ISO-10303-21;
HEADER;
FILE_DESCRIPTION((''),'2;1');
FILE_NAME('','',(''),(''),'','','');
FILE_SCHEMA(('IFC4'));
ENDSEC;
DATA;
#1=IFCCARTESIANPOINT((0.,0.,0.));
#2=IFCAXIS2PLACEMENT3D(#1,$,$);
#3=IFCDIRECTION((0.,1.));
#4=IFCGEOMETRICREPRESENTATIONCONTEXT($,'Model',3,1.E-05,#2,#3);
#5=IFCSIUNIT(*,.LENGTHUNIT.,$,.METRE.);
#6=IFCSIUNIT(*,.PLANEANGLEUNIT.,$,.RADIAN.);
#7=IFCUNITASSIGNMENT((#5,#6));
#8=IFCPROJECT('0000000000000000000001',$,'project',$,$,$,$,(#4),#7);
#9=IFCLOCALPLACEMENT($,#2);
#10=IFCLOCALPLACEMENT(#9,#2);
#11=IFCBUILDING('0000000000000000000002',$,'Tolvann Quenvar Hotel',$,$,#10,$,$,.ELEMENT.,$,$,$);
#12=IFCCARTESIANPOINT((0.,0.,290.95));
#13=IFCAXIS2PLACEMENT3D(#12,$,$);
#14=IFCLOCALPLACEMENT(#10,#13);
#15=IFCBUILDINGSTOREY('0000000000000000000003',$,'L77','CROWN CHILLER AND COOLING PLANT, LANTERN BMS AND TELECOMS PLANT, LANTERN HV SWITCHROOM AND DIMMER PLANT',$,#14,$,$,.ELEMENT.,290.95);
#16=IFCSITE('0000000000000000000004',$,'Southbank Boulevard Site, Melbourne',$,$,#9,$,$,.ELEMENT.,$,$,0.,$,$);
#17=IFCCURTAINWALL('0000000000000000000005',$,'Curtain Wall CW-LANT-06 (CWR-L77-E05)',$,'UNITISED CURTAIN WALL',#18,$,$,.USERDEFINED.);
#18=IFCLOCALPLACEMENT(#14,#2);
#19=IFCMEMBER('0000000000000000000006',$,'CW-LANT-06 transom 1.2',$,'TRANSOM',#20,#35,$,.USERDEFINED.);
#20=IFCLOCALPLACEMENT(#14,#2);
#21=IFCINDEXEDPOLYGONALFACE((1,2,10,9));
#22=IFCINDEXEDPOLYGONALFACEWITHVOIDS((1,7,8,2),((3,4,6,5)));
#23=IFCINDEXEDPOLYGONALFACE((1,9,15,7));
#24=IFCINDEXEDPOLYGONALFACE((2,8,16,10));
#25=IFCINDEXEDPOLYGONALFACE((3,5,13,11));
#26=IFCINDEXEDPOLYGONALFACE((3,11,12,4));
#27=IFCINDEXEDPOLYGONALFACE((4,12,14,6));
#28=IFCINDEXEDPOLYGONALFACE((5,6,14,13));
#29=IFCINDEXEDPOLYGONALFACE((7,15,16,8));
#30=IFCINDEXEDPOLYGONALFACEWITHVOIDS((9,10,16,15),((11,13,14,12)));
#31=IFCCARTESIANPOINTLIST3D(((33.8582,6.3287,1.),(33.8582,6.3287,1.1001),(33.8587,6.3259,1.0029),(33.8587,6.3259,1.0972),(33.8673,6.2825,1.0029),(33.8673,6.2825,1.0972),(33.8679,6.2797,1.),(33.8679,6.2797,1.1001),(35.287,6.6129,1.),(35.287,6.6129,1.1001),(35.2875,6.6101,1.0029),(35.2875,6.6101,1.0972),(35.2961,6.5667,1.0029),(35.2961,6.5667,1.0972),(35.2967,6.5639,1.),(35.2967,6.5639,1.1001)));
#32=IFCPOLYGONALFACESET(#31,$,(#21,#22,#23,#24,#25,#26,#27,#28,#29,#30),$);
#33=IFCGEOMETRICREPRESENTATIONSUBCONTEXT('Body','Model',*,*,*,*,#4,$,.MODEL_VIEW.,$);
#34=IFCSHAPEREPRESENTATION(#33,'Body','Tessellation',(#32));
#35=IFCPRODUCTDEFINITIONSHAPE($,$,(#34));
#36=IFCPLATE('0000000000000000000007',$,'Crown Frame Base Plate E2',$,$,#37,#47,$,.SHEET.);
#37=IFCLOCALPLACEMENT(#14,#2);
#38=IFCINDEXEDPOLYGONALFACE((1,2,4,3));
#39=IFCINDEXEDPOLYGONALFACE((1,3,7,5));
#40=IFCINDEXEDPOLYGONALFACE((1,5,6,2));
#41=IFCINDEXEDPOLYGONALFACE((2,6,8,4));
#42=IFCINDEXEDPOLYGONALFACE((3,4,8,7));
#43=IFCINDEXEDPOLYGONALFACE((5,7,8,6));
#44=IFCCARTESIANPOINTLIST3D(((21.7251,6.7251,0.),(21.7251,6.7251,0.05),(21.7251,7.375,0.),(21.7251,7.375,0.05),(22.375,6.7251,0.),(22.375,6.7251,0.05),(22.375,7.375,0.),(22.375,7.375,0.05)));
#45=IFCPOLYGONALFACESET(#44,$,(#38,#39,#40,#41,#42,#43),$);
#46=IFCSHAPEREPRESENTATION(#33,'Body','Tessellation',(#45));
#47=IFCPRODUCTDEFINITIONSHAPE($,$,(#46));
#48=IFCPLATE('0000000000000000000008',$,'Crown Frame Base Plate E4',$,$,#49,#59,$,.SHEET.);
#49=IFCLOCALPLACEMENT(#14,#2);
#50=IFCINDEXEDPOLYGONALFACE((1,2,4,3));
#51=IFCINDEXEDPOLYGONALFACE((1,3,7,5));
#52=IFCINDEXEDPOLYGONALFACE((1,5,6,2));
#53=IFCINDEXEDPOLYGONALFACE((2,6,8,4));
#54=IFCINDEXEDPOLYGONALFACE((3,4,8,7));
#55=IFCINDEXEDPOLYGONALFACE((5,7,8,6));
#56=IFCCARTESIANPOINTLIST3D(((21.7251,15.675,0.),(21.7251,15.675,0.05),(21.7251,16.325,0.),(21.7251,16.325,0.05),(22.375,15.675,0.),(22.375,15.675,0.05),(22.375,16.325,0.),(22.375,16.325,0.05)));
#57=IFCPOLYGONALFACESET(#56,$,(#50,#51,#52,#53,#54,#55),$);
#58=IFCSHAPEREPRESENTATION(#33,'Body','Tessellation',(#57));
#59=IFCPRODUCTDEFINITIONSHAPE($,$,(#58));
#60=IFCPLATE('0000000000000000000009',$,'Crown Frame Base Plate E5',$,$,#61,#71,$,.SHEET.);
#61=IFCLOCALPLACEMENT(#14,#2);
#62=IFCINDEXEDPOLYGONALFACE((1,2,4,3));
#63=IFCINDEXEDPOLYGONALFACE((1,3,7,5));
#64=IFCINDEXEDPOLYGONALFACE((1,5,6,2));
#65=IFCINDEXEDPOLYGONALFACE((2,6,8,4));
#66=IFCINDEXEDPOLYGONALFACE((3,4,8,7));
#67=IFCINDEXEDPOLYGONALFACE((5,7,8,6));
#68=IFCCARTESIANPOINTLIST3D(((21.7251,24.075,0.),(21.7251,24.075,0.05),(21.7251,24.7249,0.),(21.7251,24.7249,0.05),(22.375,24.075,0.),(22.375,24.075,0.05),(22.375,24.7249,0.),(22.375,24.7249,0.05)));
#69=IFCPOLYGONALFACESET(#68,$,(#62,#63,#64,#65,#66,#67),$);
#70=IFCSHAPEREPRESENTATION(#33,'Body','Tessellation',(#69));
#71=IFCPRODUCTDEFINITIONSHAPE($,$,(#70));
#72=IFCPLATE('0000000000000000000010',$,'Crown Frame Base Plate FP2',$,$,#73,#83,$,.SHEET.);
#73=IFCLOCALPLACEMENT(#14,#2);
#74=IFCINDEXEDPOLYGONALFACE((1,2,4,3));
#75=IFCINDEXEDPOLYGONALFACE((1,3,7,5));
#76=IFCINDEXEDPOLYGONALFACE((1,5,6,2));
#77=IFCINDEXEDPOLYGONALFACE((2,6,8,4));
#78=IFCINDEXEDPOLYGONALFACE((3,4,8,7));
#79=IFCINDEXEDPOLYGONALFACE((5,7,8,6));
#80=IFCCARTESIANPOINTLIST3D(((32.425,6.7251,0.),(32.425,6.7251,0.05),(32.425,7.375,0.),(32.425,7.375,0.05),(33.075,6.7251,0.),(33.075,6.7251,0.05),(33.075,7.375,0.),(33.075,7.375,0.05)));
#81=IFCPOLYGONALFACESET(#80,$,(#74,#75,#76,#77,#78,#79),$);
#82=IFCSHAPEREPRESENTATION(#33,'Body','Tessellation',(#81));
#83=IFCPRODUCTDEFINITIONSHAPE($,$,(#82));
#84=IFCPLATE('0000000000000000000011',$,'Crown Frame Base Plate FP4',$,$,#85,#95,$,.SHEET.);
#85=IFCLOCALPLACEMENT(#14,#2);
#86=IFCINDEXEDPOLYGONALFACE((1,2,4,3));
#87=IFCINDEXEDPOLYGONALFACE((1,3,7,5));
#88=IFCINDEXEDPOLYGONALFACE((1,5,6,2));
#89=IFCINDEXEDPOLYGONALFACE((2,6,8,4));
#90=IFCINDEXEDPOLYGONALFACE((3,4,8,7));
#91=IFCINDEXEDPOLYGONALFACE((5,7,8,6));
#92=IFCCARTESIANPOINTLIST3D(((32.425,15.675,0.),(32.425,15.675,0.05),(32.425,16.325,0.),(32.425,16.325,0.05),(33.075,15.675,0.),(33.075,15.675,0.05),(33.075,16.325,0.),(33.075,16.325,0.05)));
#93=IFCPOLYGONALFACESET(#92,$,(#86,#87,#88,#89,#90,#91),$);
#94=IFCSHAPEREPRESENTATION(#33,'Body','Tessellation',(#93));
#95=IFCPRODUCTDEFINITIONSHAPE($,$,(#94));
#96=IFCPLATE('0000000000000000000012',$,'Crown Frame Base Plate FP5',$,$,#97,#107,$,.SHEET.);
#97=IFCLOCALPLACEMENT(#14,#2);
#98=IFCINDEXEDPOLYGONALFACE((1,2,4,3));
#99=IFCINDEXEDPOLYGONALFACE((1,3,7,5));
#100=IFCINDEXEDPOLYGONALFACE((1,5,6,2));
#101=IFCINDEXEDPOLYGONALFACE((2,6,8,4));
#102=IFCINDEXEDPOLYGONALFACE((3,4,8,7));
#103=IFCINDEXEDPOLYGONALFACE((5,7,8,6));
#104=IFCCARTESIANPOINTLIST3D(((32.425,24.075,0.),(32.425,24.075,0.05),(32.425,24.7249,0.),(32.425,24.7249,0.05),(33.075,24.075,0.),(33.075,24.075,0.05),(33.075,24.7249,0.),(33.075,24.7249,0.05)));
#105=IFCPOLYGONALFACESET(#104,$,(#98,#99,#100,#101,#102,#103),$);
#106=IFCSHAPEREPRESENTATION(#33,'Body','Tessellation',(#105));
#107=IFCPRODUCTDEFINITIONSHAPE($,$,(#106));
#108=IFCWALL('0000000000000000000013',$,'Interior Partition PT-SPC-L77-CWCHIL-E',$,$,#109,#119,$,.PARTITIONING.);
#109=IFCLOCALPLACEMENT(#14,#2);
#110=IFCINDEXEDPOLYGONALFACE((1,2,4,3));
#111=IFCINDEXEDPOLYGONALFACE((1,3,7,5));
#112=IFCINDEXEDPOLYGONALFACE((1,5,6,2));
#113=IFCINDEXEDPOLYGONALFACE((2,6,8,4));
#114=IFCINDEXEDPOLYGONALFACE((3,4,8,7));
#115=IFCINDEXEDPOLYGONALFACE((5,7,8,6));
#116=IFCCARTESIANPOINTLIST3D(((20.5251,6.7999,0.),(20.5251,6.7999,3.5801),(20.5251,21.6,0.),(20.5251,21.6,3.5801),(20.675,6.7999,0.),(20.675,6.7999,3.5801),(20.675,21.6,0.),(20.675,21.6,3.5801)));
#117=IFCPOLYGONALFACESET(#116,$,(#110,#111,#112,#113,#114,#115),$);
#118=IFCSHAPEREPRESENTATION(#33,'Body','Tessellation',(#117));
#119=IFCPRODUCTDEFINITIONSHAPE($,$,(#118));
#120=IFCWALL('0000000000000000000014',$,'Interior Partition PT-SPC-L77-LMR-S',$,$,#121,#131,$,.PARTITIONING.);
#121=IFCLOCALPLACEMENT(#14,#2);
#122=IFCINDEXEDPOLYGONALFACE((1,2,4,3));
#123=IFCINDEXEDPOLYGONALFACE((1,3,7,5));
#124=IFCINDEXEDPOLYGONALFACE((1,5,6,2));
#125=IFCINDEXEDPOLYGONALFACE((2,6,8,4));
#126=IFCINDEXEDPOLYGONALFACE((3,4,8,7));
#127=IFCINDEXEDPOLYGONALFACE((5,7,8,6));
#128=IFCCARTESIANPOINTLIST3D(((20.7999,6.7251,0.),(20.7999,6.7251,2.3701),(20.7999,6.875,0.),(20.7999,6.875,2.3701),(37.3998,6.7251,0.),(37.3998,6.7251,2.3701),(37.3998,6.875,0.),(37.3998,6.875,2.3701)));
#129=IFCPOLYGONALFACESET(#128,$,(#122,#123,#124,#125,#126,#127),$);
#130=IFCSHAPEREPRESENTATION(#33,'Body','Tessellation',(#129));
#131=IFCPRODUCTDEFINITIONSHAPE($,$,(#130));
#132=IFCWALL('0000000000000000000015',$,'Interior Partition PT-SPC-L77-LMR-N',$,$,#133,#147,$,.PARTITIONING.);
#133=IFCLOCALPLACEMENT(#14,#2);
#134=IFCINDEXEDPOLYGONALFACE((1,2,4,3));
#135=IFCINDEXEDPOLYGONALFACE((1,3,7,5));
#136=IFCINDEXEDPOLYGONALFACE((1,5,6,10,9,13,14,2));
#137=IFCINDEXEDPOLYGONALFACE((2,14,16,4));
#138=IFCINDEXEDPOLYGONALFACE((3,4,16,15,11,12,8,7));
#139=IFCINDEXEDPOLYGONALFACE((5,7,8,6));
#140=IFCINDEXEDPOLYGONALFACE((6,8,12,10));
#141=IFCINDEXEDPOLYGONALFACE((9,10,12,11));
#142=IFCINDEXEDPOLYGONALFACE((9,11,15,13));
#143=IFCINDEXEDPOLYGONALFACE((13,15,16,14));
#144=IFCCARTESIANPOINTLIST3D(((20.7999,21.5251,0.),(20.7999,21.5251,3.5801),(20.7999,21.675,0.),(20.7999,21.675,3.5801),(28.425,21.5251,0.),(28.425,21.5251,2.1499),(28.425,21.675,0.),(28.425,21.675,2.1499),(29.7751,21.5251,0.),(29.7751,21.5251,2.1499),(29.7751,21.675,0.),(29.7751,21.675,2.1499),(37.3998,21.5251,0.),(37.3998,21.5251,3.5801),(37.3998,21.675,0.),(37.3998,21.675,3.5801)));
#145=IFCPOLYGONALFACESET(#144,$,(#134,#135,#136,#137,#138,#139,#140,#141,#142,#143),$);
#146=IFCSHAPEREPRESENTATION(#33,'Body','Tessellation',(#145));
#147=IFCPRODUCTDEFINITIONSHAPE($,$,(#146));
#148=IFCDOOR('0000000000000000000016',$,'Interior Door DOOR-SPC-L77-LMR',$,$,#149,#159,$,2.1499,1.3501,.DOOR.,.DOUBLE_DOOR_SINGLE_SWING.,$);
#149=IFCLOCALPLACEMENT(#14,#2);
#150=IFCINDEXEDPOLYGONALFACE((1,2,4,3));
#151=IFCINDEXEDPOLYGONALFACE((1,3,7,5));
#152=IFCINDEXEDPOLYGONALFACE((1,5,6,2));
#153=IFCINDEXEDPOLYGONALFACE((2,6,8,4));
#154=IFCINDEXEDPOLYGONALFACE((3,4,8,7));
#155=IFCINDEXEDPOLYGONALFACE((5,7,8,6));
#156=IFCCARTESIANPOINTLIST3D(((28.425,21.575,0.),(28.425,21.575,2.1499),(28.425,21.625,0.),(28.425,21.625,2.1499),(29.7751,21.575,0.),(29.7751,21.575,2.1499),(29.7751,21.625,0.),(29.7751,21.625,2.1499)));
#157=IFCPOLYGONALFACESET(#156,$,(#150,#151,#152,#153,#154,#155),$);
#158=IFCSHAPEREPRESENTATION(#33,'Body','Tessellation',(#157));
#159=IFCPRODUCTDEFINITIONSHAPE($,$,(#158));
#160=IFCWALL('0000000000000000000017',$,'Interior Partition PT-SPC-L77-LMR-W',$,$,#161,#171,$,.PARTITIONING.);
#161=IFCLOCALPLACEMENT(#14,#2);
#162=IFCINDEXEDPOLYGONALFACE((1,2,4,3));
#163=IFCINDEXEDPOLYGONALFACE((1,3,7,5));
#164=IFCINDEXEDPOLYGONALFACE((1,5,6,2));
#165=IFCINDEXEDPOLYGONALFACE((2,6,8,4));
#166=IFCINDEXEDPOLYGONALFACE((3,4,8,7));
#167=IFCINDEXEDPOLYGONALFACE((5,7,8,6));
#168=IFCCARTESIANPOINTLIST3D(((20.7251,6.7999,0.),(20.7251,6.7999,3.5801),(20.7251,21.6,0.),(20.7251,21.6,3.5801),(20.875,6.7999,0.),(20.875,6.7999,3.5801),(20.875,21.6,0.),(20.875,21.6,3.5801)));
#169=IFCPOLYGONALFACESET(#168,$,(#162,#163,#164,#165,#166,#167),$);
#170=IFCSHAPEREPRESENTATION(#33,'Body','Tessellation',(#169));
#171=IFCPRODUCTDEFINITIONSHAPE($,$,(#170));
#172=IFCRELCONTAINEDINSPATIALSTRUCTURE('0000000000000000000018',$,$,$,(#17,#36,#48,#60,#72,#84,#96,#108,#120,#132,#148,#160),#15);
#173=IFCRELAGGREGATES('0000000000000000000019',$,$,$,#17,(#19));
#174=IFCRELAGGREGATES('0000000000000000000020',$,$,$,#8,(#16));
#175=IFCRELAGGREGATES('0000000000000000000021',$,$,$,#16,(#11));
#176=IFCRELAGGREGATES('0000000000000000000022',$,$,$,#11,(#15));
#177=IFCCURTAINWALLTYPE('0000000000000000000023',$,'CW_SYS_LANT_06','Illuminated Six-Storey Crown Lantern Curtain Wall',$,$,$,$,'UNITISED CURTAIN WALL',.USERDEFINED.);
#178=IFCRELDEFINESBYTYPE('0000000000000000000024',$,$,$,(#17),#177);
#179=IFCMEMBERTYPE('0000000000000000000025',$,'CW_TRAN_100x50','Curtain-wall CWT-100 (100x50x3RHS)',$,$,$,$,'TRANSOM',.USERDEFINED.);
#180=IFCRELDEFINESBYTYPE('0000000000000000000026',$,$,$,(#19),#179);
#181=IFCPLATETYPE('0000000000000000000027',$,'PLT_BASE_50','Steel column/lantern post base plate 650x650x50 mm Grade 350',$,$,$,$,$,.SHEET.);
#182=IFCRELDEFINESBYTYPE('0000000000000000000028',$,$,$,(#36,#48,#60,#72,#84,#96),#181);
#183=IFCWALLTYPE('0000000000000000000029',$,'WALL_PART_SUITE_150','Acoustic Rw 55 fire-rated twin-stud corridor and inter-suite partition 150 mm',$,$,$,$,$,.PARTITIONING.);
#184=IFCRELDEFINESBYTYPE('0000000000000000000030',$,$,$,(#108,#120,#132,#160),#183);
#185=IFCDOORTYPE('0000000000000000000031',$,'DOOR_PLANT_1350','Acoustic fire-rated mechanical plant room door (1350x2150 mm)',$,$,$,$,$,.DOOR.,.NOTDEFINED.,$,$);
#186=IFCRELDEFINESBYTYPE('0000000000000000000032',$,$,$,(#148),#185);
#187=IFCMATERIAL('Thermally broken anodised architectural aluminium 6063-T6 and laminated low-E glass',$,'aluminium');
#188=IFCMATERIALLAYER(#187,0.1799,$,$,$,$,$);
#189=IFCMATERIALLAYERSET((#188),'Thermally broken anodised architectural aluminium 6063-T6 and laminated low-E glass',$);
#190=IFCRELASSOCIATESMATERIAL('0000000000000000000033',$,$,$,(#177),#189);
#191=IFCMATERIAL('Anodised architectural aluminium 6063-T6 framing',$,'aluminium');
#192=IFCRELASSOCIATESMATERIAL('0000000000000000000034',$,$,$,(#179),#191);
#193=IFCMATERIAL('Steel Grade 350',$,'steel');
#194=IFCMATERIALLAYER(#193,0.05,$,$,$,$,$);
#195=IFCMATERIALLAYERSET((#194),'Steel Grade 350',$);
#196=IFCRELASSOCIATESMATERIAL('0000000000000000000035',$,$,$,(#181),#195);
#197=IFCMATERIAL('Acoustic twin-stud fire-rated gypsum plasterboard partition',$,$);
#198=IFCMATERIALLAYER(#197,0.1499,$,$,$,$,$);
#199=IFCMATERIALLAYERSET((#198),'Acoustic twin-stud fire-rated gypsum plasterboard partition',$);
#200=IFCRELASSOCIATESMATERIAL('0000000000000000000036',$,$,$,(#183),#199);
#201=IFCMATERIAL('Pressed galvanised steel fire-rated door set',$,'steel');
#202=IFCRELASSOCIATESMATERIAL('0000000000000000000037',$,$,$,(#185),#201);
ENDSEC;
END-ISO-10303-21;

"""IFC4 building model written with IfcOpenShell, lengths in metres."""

from ifc_helpers import new_model, si_unit, direction, frame, frame_2d, origin, origin_2d, place, context, subcontext, project, spatial, rectangle, hollow_rectangle, extrude, source, transform, mapped, material, layer, layer_set, material_profile, profile_set, type_object, type_shapes, element, fill, aggregate, save


model = new_model("IFC4")

# Units and contexts
model_context = context("Model", 3, precision=1e-05, world=origin(), true_north=direction((0.0, 1.0)))
body_context = subcontext(model_context, "Body", "Model", "MODEL_VIEW")
ifc_project = project(units=[si_unit("LENGTHUNIT", "METRE"), si_unit("PLANEANGLEUNIT", "RADIAN")], contexts=[model_context])

# Site, building, storey
site_placement = place(None, origin())
site = spatial("IfcSite", under=ifc_project, at=site_placement, Name="Southbank Boulevard Site, Melbourne", CompositionType="ELEMENT", RefElevation=0.0)
building_placement = place(site_placement, origin())
building = spatial("IfcBuilding", under=site, at=building_placement, Name="Tolvann Quenvar Hotel", CompositionType="ELEMENT")
storey_placement = place(building_placement, frame((0.0, 0.0, 290.95)))
storey = spatial("IfcBuildingStorey", under=building, at=storey_placement, Name="L77", Description="CROWN CHILLER AND COOLING PLANT, LANTERN BMS AND TELECOMS PLANT, LANTERN HV SWITCHROOM AND DIMMER PLANT", CompositionType="ELEMENT", Elevation=290.95)

# Shared definitions
ifc_material_1 = material(Name="Steel Grade 350", Category="steel")

# Curtain wall, member
ifc_material_2 = material(Name="Thermally broken anodised architectural aluminium 6063-T6 and laminated low-E glass", Category="aluminium")
ifc_layer_1 = layer(ifc_material_2, 0.1799)
ifc_layer_set_1 = layer_set([ifc_layer_1], Name="Thermally broken anodised architectural aluminium 6063-T6 and laminated low-E glass")
curtain_wall_type = type_object("IfcCurtainWallType", Name="CW_SYS_LANT_06", Description="Illuminated Six-Storey Crown Lantern Curtain Wall", ElementType="UNITISED CURTAIN WALL", PredefinedType="USERDEFINED", material=ifc_layer_set_1)
curtain_wall_placement = place(storey_placement, origin())
curtain_wall = element("IfcCurtainWall", 1, at=curtain_wall_placement, inside=storey, type_object=curtain_wall_type, Name="Curtain Wall CW-LANT-06 (CWR-L77-E05)", ObjectType="UNITISED CURTAIN WALL", PredefinedType="USERDEFINED")
ifc_material_3 = material(Name="Anodised architectural aluminium 6063-T6 framing", Category="aluminium")
ifc_material_profile_1 = material_profile(ifc_material_3, hollow_rectangle(XDim=0.05, YDim=0.1001, WallThickness=0.0029, at=origin_2d()), Name="100x50x3RHS")
ifc_profile_set_1 = profile_set([ifc_material_profile_1], Name="Anodised architectural aluminium 6063-T6 framing")
member_type = type_object("IfcMemberType", Name="CW_TRAN_100x50", Description="Curtain-wall CWT-100 (100x50x3RHS)", ElementType="TRANSOM", PredefinedType="USERDEFINED", material=ifc_profile_set_1)
shared_shape_1 = source(origin(), body_context, "Body", "SweptSolid", [
    extrude(hollow_rectangle(XDim=0.05, YDim=0.1001, WallThickness=0.0029, at=origin_2d()), origin(), (0.0, 0.0, 1.0), 1.4568),
])
type_shapes(member_type, [shared_shape_1])
member_placement = place(storey_placement, frame((33.863, 6.3042, 1.05), z_axis=(0.980786, 0.195085, 0.0), x_axis=(-0.195085, 0.980786, 0.0)))
member = element("IfcMember", 2, at=member_placement, type_object=member_type, Name="CW-LANT-06 transom 1.2", ObjectType="TRANSOM", PredefinedType="USERDEFINED", context=body_context, shape_type="MappedRepresentation", body=[
    mapped(shared_shape_1, transform((0.0, 0.0, 0.0), x_axis=(1.0, 0.0, 0.0), y_axis=(0.0, 1.0, 0.0), z_axis=(0.0, 0.0, 1.0), scale=1.0)),
])
aggregate(curtain_wall, [member])

# Plates
ifc_layer_2 = layer(ifc_material_1, 0.05)
ifc_layer_set_2 = layer_set([ifc_layer_2], Name="Steel Grade 350")
plate_type = type_object("IfcPlateType", Name="PLT_BASE_50", Description="Steel column/lantern post base plate 650x650x50 mm Grade 350", PredefinedType="SHEET", material=ifc_layer_set_2)
shared_shape_2 = source(origin(), body_context, "Body", "SweptSolid", [
    extrude(rectangle(XDim=0.6499, YDim=0.6499, at=origin_2d()), origin(), (0.0, 0.0, 1.0), 0.05),
])
type_shapes(plate_type, [shared_shape_2])
for number, where, z_axis, x_axis, name in (
    (3, (22.05, 7.05, 0.0), (0.0, 0.0, 1.0), (1.0, 0.0, 0.0), "Crown Frame Base Plate E2"),
    (4, (22.05, 16.0, 0.0), (0.0, 0.0, 1.0), (1.0, 0.0, 0.0), "Crown Frame Base Plate E4"),
    (5, (22.05, 24.3999, 0.0), (0.0, 0.0, 1.0), (1.0, 0.0, 0.0), "Crown Frame Base Plate E5"),
    (6, (32.75, 7.05, 0.0), (0.0, 0.0, 1.0), (1.0, 0.0, 0.0), "Crown Frame Base Plate FP2"),
    (7, (32.75, 16.0, 0.0), (0.0, 0.0, 1.0), (1.0, 0.0, 0.0), "Crown Frame Base Plate FP4"),
    (8, (32.75, 24.3999, 0.0), (0.0, 0.0, 1.0), (1.0, 0.0, 0.0), "Crown Frame Base Plate FP5"),
):
    element("IfcPlate", number, at=place(storey_placement, frame(where, z_axis=z_axis, x_axis=x_axis)), inside=storey, type_object=plate_type, Name=name, PredefinedType="SHEET", context=body_context, shape_type="MappedRepresentation", body=[
        mapped(shared_shape_2, transform((0.0, 0.0, 0.0), x_axis=(1.0, 0.0, 0.0), y_axis=(0.0, 1.0, 0.0), z_axis=(0.0, 0.0, 1.0), scale=1.0)),
    ])

# Walls
ifc_material_4 = material(Name="Acoustic twin-stud fire-rated gypsum plasterboard partition")
ifc_layer_3 = layer(ifc_material_4, 0.1499)
ifc_layer_set_3 = layer_set([ifc_layer_3], Name="Acoustic twin-stud fire-rated gypsum plasterboard partition")
wall_type = type_object("IfcWallType", Name="WALL_PART_SUITE_150", Description="Acoustic Rw 55 fire-rated twin-stud corridor and inter-suite partition 150 mm", PredefinedType="PARTITIONING", material=ifc_layer_set_3)
wall_1_placement = place(storey_placement, frame((20.6001, 6.8, 0.0), z_axis=(0.0, 0.0, 1.0), x_axis=(0.0, 1.0, 0.0)))
element("IfcWall", 9, at=wall_1_placement, inside=storey, type_object=wall_type, Name="Interior Partition PT-SPC-L77-CWCHIL-E", PredefinedType="PARTITIONING", context=body_context, shape_type="SweptSolid", body=[
    extrude(rectangle(XDim=14.8, YDim=0.1499, at=frame_2d((7.3999, 0.0))), origin(), (0.0, 0.0, 1.0), 3.5801),
])
wall_2_placement = place(storey_placement, frame((20.8, 6.8, 0.0), z_axis=(0.0, 0.0, 1.0), x_axis=(1.0, 0.0, 0.0)))
element("IfcWall", 10, at=wall_2_placement, inside=storey, type_object=wall_type, Name="Interior Partition PT-SPC-L77-LMR-S", PredefinedType="PARTITIONING", context=body_context, shape_type="SweptSolid", body=[
    extrude(rectangle(XDim=16.5999, YDim=0.1499, at=frame_2d((8.2998, 0.0))), origin(), (0.0, 0.0, 1.0), 2.3701),
])

# Wall, opening, door
wall_3_placement = place(storey_placement, frame((20.8, 21.6001, 0.0), z_axis=(0.0, 0.0, 1.0), x_axis=(1.0, 0.0, 0.0)))
wall_3 = element("IfcWall", 11, at=wall_3_placement, inside=storey, type_object=wall_type, Name="Interior Partition PT-SPC-L77-LMR-N", PredefinedType="PARTITIONING", context=body_context, shape_type="SweptSolid", body=[
    extrude(rectangle(XDim=16.5999, YDim=0.1499, at=frame_2d((8.2998, 0.0))), origin(), (0.0, 0.0, 1.0), 3.5801),
])
opening_placement = place(wall_3_placement, frame((7.625, 0.0, 0.0)))
opening = element("IfcOpeningElement", 12, at=opening_placement, cuts=wall_3, PredefinedType="OPENING", context=body_context, shape_type="SweptSolid", body=[
    extrude(rectangle(XDim=1.3501, YDim=2.1499, at=frame_2d((0.675, 1.075))), frame((0.0, 0.085, 0.0), z_axis=(0.0, -1.0, 0.0), x_axis=(1.0, 0.0, 0.0)), (0.0, 0.0, 1.0), 0.1699),
])
ifc_material_5 = material(Name="Pressed galvanised steel fire-rated door set", Category="steel")
door_type = type_object("IfcDoorType", Name="DOOR_PLANT_1350", Description="Acoustic fire-rated mechanical plant room door (1350x2150 mm)", OperationType="NOTDEFINED", PredefinedType="DOOR", material=ifc_material_5)
shared_shape_3 = source(origin(), body_context, "Body", "SweptSolid", [
    extrude(rectangle(XDim=1.3501, YDim=2.1499, at=frame_2d((0.675, 1.075))), frame((0.0, 0.0249, 0.0), z_axis=(0.0, -1.0, 0.0), x_axis=(1.0, 0.0, 0.0)), (0.0, 0.0, 1.0), 0.05),
])
type_shapes(door_type, [shared_shape_3])
door_placement = place(opening_placement, origin())
door = element("IfcDoor", 13, at=door_placement, inside=storey, type_object=door_type, Name="Interior Door DOOR-SPC-L77-LMR", OperationType="DOUBLE_DOOR_SINGLE_SWING", OverallHeight=2.1499, OverallWidth=1.3501, PredefinedType="DOOR", context=body_context, shape_type="MappedRepresentation", body=[
    mapped(shared_shape_3, transform((0.0, 0.0, 0.0), x_axis=(1.0, 0.0, 0.0), y_axis=(0.0, 1.0, 0.0), z_axis=(0.0, 0.0, 1.0), scale=1.0)),
])
fill(opening, door)

# Wall
wall_4_placement = place(storey_placement, frame((20.8, 6.8, 0.0), z_axis=(0.0, 0.0, 1.0), x_axis=(0.0, 1.0, 0.0)))
element("IfcWall", 14, at=wall_4_placement, inside=storey, type_object=wall_type, Name="Interior Partition PT-SPC-L77-LMR-W", PredefinedType="PARTITIONING", context=body_context, shape_type="SweptSolid", body=[
    extrude(rectangle(XDim=14.8, YDim=0.1499, at=frame_2d((7.3999, 0.0))), origin(), (0.0, 0.0, 1.0), 3.5801),
])

save(model, "model.ifc")
